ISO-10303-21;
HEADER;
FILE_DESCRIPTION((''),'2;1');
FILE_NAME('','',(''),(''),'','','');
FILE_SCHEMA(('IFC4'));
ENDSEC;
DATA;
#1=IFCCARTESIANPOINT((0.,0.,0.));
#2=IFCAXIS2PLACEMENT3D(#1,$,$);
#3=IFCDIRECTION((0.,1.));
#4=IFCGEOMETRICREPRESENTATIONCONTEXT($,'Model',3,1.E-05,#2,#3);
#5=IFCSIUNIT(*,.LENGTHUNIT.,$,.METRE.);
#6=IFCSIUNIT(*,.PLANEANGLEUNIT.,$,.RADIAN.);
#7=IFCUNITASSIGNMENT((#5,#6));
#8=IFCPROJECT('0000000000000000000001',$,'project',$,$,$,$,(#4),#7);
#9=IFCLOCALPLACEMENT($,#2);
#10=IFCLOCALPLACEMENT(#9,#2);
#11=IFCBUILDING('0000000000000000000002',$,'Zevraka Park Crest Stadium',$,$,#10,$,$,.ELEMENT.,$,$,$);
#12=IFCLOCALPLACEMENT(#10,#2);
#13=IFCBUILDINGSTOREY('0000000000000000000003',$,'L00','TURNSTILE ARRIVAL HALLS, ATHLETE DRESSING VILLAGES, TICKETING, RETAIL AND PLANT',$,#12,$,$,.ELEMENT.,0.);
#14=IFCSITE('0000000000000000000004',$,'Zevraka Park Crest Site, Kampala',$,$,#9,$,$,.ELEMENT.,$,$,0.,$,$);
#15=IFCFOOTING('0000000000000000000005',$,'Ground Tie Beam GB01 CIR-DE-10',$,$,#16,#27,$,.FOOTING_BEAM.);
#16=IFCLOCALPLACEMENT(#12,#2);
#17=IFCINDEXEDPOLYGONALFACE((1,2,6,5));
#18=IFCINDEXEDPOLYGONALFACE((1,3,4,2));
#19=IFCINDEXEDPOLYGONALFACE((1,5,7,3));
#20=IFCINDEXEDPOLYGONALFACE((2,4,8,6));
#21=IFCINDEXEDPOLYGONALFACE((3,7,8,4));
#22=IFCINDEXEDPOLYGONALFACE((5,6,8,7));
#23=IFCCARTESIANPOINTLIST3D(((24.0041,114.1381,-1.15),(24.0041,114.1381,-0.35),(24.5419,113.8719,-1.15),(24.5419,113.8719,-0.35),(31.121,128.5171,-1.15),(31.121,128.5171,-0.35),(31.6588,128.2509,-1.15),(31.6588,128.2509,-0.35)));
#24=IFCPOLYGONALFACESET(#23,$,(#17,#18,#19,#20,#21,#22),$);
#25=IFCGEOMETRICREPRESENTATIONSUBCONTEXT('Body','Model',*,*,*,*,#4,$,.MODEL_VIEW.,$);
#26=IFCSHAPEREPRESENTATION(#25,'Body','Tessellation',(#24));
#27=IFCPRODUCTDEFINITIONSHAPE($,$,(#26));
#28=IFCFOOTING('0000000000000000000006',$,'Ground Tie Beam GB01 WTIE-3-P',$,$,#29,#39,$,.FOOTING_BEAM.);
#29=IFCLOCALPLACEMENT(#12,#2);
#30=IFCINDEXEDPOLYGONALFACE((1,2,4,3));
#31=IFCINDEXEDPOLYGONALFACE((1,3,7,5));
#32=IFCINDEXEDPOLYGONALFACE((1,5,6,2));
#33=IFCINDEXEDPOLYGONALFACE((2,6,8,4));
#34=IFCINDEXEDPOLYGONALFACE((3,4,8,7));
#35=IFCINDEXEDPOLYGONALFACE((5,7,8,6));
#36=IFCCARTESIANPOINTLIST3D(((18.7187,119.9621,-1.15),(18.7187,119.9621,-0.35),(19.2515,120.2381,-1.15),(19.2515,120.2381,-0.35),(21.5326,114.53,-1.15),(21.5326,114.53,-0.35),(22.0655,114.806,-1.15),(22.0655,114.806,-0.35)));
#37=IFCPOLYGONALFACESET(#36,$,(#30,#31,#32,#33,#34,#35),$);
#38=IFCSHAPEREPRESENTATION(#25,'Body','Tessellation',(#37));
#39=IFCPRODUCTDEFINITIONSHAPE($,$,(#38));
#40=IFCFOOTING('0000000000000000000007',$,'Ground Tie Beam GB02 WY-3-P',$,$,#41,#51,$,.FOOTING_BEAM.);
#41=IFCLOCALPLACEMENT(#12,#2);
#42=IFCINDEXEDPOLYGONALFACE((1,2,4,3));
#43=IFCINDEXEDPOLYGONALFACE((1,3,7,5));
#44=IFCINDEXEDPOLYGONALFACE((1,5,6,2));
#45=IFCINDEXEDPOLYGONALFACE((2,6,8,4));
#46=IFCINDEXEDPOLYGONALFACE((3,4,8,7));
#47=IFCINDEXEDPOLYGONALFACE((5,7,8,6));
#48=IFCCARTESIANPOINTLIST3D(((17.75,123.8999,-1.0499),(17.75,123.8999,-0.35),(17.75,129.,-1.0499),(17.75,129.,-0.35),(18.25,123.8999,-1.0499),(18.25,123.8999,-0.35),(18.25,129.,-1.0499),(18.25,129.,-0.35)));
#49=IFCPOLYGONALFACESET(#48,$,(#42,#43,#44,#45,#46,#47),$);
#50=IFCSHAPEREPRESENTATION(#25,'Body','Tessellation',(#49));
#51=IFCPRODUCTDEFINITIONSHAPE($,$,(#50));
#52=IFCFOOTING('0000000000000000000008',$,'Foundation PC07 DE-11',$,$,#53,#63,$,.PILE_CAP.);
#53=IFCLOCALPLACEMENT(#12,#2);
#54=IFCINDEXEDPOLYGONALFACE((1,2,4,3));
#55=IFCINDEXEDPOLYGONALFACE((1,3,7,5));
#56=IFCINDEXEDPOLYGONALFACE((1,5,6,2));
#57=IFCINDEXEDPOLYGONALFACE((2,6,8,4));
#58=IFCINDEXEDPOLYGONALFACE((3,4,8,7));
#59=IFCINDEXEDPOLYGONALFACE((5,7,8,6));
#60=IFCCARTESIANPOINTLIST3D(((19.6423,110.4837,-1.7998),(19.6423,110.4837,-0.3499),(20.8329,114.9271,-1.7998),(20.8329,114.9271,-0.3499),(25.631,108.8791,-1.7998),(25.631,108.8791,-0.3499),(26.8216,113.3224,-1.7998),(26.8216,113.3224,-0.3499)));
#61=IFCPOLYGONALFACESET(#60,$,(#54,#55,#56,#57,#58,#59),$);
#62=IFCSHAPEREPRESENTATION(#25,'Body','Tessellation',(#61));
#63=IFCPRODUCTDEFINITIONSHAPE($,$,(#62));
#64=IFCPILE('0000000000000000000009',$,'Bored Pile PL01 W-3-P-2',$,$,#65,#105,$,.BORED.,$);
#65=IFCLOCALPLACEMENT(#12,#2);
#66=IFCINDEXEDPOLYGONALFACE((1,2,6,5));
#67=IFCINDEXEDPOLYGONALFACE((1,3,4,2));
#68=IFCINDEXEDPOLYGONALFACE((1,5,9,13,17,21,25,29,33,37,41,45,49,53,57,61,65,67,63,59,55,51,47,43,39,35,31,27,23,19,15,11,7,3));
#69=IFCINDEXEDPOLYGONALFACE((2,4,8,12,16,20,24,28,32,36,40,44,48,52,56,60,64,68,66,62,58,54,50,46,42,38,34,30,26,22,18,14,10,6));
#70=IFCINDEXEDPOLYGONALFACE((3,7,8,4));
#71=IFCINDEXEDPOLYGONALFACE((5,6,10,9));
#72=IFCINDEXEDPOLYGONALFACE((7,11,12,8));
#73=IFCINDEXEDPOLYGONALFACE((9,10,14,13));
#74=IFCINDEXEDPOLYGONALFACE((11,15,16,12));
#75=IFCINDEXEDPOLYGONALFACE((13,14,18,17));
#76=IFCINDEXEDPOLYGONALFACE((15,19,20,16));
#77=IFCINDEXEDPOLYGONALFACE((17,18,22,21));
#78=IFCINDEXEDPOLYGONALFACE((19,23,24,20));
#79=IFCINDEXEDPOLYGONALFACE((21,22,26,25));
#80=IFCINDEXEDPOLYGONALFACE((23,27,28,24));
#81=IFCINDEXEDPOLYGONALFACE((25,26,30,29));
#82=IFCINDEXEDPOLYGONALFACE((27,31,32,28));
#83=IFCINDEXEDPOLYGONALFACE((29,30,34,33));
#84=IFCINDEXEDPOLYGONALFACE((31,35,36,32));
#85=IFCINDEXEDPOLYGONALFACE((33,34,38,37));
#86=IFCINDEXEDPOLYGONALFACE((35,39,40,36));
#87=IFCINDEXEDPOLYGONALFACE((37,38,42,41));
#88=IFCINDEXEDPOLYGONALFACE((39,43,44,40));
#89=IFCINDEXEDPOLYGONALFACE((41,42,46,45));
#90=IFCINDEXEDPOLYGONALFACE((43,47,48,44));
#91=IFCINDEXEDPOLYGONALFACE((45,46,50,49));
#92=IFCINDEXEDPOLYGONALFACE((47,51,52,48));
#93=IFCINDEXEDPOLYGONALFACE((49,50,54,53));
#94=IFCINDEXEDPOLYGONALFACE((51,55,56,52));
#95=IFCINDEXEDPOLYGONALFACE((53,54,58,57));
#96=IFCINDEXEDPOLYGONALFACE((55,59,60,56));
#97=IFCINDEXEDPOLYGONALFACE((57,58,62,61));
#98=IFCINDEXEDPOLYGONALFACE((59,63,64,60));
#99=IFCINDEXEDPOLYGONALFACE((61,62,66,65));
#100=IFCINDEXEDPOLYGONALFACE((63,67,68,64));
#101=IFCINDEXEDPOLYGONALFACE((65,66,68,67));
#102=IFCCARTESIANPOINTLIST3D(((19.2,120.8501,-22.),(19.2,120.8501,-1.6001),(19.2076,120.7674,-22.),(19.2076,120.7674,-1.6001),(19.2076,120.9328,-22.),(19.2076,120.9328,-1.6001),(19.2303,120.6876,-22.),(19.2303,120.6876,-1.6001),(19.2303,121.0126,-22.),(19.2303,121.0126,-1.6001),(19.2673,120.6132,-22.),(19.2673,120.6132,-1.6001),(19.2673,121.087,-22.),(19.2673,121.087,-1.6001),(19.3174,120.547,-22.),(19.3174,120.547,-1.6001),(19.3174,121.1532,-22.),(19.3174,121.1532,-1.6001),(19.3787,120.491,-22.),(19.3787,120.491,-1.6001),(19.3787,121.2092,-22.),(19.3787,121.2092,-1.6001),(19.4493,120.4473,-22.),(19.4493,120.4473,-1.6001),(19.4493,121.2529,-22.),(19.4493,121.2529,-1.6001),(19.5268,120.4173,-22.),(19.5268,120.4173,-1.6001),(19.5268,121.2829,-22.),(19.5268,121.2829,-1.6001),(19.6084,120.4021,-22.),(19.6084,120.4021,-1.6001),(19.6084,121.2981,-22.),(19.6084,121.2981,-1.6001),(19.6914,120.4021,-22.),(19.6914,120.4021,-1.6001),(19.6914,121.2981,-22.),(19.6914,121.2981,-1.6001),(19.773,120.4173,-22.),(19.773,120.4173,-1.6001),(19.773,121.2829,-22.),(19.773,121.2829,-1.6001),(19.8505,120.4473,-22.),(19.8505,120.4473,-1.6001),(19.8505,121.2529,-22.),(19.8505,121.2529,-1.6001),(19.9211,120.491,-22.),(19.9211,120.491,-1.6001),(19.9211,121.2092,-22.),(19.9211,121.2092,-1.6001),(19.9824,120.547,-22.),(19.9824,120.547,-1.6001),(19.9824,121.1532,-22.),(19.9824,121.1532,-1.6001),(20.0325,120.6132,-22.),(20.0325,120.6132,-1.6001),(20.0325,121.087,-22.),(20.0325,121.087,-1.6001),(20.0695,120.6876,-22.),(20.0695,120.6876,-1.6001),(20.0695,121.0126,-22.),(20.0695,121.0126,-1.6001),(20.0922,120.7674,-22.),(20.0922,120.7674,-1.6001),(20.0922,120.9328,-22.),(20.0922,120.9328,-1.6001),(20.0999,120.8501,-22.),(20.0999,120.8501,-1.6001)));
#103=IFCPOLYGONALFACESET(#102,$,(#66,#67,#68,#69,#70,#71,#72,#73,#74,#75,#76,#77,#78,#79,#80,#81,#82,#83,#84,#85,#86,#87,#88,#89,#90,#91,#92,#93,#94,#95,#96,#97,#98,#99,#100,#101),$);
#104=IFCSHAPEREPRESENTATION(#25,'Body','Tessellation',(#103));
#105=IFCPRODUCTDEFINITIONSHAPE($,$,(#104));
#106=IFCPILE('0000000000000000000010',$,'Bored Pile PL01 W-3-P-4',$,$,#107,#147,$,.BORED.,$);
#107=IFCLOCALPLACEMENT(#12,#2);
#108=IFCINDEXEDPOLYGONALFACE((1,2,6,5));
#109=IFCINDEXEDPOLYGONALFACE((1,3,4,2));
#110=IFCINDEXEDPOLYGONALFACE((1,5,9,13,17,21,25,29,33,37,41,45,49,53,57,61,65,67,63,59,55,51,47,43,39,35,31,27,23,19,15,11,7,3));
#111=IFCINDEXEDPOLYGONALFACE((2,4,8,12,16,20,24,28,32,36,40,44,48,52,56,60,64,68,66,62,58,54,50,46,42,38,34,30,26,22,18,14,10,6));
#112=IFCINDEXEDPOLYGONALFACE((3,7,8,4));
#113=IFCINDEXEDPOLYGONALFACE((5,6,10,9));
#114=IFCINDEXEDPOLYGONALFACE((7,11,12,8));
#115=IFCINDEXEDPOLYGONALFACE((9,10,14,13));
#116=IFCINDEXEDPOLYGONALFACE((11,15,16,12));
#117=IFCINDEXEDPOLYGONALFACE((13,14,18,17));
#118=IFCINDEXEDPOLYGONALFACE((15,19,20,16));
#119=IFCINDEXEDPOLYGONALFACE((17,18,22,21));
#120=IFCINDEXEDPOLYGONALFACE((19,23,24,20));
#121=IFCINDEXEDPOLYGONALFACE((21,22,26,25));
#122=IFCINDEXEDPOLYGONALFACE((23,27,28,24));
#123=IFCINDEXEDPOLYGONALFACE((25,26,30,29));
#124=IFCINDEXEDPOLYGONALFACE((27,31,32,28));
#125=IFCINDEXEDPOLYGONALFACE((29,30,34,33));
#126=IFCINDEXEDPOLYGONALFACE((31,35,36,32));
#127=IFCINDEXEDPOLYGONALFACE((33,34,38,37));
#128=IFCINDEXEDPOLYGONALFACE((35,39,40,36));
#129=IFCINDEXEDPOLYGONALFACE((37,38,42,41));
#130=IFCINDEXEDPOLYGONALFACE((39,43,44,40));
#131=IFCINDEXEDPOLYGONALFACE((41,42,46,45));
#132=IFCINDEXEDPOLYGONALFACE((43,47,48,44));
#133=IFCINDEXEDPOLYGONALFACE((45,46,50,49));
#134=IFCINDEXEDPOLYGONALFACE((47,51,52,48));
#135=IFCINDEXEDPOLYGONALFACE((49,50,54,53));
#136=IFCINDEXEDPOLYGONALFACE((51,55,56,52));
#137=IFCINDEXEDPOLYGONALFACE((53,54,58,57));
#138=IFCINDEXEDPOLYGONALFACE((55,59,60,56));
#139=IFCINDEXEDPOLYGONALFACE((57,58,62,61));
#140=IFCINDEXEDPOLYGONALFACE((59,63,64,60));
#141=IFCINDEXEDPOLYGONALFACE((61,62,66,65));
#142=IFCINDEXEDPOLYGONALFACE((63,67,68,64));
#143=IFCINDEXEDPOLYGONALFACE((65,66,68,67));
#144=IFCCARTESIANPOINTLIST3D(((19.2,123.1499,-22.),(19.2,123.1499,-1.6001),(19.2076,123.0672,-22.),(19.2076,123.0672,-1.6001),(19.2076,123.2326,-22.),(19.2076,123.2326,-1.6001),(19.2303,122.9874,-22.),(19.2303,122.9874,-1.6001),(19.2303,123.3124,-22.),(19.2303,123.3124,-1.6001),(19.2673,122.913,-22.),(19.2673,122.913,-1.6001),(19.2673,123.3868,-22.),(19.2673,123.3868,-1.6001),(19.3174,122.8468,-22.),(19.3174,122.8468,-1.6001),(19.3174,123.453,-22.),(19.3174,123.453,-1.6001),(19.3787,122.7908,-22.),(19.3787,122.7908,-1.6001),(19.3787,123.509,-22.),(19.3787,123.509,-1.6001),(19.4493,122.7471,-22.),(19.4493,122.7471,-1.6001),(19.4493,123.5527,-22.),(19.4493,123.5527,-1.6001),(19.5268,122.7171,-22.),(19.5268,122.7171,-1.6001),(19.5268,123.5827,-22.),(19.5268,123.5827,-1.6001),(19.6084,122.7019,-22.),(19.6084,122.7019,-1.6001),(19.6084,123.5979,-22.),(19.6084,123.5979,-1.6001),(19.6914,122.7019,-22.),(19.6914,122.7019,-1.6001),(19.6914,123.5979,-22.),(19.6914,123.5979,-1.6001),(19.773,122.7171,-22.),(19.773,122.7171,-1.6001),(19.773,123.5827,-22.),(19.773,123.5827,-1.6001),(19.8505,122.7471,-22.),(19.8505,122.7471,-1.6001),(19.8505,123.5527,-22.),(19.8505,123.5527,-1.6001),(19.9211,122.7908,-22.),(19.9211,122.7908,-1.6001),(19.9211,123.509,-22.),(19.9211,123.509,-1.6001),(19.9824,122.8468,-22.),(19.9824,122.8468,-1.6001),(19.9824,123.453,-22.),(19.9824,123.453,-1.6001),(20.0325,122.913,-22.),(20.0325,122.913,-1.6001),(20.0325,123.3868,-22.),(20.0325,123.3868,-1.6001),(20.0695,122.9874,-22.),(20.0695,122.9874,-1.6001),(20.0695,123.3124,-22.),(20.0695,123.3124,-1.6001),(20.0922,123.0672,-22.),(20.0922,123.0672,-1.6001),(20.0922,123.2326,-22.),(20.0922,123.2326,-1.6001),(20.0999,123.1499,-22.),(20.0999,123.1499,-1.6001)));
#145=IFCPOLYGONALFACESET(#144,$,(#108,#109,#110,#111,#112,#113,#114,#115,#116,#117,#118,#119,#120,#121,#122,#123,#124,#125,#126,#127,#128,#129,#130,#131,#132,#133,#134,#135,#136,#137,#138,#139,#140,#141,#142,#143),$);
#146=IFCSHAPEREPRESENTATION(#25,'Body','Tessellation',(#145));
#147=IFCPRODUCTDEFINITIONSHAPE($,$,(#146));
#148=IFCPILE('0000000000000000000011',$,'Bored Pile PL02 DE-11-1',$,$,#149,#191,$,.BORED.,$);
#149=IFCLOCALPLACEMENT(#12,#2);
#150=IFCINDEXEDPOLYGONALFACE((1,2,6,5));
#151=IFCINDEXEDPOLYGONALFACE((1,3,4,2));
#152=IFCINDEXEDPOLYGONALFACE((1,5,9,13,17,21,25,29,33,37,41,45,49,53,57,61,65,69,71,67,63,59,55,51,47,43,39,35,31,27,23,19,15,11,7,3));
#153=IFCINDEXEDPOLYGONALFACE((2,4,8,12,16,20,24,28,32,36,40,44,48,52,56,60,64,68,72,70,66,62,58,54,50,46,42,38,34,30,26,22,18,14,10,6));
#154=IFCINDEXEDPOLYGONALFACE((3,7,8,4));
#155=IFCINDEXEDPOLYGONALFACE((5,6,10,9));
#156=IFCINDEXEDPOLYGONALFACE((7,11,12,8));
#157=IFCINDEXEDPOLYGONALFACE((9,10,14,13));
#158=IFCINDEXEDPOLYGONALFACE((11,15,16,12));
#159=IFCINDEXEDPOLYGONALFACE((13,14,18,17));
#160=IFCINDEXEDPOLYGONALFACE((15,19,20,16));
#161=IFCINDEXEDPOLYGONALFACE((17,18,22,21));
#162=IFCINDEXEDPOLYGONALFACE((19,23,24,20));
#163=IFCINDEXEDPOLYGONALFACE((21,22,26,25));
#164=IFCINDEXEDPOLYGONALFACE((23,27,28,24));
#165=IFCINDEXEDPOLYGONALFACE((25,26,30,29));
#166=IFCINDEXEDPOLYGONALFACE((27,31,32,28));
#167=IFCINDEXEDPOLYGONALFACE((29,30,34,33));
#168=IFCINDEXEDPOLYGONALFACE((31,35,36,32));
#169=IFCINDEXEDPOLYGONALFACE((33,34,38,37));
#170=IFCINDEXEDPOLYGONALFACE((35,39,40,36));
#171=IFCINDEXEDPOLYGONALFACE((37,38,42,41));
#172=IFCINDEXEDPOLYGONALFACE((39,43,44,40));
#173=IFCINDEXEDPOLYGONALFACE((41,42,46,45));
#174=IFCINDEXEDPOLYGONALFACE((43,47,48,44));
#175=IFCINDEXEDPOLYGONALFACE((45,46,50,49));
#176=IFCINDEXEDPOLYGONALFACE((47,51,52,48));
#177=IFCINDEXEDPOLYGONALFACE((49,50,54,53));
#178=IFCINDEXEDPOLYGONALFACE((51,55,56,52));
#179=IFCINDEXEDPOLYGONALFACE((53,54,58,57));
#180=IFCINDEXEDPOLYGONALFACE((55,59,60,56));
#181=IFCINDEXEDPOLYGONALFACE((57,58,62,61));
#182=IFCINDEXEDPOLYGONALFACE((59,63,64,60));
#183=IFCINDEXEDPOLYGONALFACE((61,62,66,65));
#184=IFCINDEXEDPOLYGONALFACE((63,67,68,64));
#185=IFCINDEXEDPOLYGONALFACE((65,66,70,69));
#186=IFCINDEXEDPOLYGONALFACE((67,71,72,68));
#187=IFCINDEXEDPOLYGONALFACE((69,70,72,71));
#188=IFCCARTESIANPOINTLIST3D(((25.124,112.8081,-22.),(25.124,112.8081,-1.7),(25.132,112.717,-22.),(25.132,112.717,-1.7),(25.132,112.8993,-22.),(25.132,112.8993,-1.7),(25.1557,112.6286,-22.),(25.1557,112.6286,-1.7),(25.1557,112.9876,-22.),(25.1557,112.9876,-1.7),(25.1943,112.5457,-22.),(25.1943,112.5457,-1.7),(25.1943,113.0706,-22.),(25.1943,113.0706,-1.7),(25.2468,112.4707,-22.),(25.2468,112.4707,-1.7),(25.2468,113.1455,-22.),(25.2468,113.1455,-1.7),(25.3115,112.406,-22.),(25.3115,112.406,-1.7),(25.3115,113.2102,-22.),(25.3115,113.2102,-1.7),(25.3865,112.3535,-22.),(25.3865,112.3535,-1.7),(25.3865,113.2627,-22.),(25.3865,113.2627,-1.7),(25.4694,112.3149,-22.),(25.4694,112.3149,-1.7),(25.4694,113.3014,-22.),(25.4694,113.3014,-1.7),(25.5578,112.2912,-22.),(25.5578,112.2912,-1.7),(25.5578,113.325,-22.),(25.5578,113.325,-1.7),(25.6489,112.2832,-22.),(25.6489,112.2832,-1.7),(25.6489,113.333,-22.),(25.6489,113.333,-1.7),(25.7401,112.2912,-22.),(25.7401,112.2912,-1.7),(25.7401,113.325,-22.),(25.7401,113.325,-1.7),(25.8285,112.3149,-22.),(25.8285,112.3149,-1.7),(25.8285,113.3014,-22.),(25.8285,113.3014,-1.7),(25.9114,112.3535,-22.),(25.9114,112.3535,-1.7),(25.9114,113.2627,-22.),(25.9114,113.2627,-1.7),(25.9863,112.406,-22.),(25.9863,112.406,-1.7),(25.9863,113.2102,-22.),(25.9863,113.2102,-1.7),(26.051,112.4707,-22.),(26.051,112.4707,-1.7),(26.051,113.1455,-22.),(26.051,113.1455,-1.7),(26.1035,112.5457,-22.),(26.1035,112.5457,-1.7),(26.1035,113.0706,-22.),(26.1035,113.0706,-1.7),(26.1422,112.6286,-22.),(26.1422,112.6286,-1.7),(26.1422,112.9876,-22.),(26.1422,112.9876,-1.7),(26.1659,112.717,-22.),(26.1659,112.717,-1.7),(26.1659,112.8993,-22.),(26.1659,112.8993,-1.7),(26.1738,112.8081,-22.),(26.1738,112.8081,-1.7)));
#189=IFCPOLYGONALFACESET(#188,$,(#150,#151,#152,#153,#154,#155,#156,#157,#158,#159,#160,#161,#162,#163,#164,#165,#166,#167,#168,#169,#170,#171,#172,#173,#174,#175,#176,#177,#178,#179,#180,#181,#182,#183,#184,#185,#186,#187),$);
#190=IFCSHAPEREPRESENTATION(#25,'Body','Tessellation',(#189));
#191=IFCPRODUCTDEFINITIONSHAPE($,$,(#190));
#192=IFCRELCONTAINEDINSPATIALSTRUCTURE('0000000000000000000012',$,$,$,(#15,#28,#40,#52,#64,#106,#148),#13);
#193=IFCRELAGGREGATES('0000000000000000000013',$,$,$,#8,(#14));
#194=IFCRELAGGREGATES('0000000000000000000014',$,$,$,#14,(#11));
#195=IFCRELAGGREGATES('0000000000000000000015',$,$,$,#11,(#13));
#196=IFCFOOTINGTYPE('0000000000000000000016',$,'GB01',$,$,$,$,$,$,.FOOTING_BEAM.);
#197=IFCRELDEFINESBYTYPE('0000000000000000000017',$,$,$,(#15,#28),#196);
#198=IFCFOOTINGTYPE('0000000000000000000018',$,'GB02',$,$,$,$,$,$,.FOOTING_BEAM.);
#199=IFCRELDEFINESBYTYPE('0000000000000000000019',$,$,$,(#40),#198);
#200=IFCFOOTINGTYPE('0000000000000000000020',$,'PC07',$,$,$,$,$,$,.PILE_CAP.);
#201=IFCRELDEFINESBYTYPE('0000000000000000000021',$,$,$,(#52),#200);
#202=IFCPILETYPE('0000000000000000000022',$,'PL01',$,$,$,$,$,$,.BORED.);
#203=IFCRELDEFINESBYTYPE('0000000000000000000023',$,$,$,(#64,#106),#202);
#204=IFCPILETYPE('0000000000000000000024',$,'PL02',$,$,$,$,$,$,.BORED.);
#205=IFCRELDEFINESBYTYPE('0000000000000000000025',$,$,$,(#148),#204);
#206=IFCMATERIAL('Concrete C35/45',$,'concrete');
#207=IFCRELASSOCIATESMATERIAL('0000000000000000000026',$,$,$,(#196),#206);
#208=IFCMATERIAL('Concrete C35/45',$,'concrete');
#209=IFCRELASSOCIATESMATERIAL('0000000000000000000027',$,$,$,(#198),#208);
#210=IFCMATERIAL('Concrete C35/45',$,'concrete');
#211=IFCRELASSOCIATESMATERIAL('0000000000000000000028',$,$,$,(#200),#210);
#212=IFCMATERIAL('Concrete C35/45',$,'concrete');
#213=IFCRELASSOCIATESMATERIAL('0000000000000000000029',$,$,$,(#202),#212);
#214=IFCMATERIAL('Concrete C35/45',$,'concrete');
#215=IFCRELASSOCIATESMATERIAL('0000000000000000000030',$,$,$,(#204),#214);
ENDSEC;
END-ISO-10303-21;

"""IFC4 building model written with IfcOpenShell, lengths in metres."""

from ifc_helpers import new_model, si_unit, direction, frame, origin, origin_2d, place, context, subcontext, project, spatial, rectangle, circle, extrude, material, material_profile, profile_set, type_object, element, save


model = new_model("IFC4")

# Units and contexts
model_context = context("Model", 3, precision=1e-05, world=origin(), true_north=direction((0.0, 1.0)))
body_context = subcontext(model_context, "Body", "Model", "MODEL_VIEW")
ifc_project = project(units=[si_unit("LENGTHUNIT", "METRE"), si_unit("PLANEANGLEUNIT", "RADIAN")], contexts=[model_context])

# Site, building, storey
site_placement = place(None, origin())
site = spatial("IfcSite", under=ifc_project, at=site_placement, Name="Zevraka Park Crest Site, Kampala", CompositionType="ELEMENT", RefElevation=0.0)
building_placement = place(site_placement, origin())
building = spatial("IfcBuilding", under=site, at=building_placement, Name="Zevraka Park Crest Stadium", CompositionType="ELEMENT")
storey_placement = place(building_placement, origin())
storey = spatial("IfcBuildingStorey", under=building, at=storey_placement, Name="L00", Description="TURNSTILE ARRIVAL HALLS, ATHLETE DRESSING VILLAGES, TICKETING, RETAIL AND PLANT", CompositionType="ELEMENT", Elevation=0.0)

# Footings
ifc_material_1 = material(Name="Concrete C35/45", Category="concrete")
ifc_material_profile_1 = material_profile(ifc_material_1, rectangle(XDim=0.6001, YDim=0.8, at=origin_2d()), Name="GB 800x600")
ifc_profile_set_1 = profile_set([ifc_material_profile_1], Name="Concrete C35/45")
footing_type_1 = type_object("IfcFootingType", Name="GB01", PredefinedType="FOOTING_BEAM", material=ifc_profile_set_1)
footing_1_placement = place(storey_placement, frame((31.3899, 128.384, -0.75), z_axis=(-0.443588, -0.896231, 0.0), x_axis=(0.896231, -0.443588, 0.0)))
element("IfcFooting", 1, at=footing_1_placement, inside=storey, type_object=footing_type_1, Name="Ground Tie Beam GB01 CIR-DE-10", PredefinedType="FOOTING_BEAM", context=body_context, shape_type="SweptSolid", body=[
    extrude(rectangle(XDim=0.6001, YDim=0.8, at=origin_2d()), origin(), (0.0, 0.0, 1.0), 16.0439),
])
footing_2_placement = place(storey_placement, frame((18.9851, 120.1001, -0.75), z_axis=(0.45997, -0.887934, 0.0), x_axis=(0.887934, 0.45997, 0.0)))
element("IfcFooting", 2, at=footing_2_placement, inside=storey, type_object=footing_type_1, Name="Ground Tie Beam GB01 WTIE-3-P", PredefinedType="FOOTING_BEAM", context=body_context, shape_type="SweptSolid", body=[
    extrude(rectangle(XDim=0.6001, YDim=0.8, at=origin_2d()), origin(), (0.0, 0.0, 1.0), 6.1177),
])
ifc_material_2 = material(Name="Concrete C35/45", Category="concrete")
ifc_material_profile_2 = material_profile(ifc_material_2, rectangle(XDim=0.5, YDim=0.7, at=origin_2d()), Name="GB 700x500")
ifc_profile_set_2 = profile_set([ifc_material_profile_2], Name="Concrete C35/45")
footing_type_2 = type_object("IfcFootingType", Name="GB02", PredefinedType="FOOTING_BEAM", material=ifc_profile_set_2)
footing_3_placement = place(storey_placement, frame((18.0, 123.8999, -0.7), z_axis=(0.0, 1.0, 0.0), x_axis=(-1.0, 0.0, 0.0)))
element("IfcFooting", 3, at=footing_3_placement, inside=storey, type_object=footing_type_2, Name="Ground Tie Beam GB02 WY-3-P", PredefinedType="FOOTING_BEAM", context=body_context, shape_type="SweptSolid", body=[
    extrude(rectangle(XDim=0.5, YDim=0.7, at=origin_2d()), origin(), (0.0, 0.0, 1.0), 5.1001),
])
ifc_material_3 = material(Name="Concrete C35/45", Category="concrete")
footing_type_3 = type_object("IfcFootingType", Name="PC07", PredefinedType="PILE_CAP", material=ifc_material_3)
footing_4_placement = place(storey_placement, frame((23.2319, 111.9031, -1.7998), z_axis=(0.0, 0.0, 1.0), x_axis=(-0.965926, 0.258819, 0.0)))
element("IfcFooting", 4, at=footing_4_placement, inside=storey, type_object=footing_type_3, Name="Foundation PC07 DE-11", PredefinedType="PILE_CAP", context=body_context, shape_type="SweptSolid", body=[
    extrude(rectangle(XDim=6.2, YDim=4.6001, at=origin_2d()), origin(), (0.0, 0.0, 1.0), 1.45),
])

# Piles
ifc_material_4 = material(Name="Concrete C35/45", Category="concrete")
ifc_material_profile_3 = material_profile(ifc_material_4, circle(Radius=0.45, at=origin_2d()), Name="PILE D900")
ifc_profile_set_3 = profile_set([ifc_material_profile_3], Name="Concrete C35/45")
pile_type_1 = type_object("IfcPileType", Name="PL01", PredefinedType="BORED", material=ifc_profile_set_3)
for number, where, z_axis, x_axis, name in (
    (5, (19.6499, 120.8501, -1.6001), (0.0, 0.0, -1.0), (1.0, 0.0, 0.0), "Bored Pile PL01 W-3-P-2"),
    (6, (19.6499, 123.1499, -1.6001), (0.0, 0.0, -1.0), (1.0, 0.0, 0.0), "Bored Pile PL01 W-3-P-4"),
):
    element("IfcPile", number, at=place(storey_placement, frame(where, z_axis=z_axis, x_axis=x_axis)), inside=storey, type_object=pile_type_1, Name=name, PredefinedType="BORED", context=body_context, shape_type="SweptSolid", body=[
        extrude(circle(Radius=0.45, at=origin_2d()), origin(), (0.0, 0.0, 1.0), 20.3999),
    ])
ifc_material_5 = material(Name="Concrete C35/45", Category="concrete")
ifc_material_profile_4 = material_profile(ifc_material_5, circle(Radius=0.5249, at=origin_2d()), Name="PILE D1050")
ifc_profile_set_4 = profile_set([ifc_material_profile_4], Name="Concrete C35/45")
pile_type_2 = type_object("IfcPileType", Name="PL02", PredefinedType="BORED", material=ifc_profile_set_4)
for number, where, z_axis, x_axis, name in (
    (7, (25.6489, 112.8081, -1.7), (0.0, 0.0, -1.0), (1.0, 0.0, 0.0), "Bored Pile PL02 DE-11-1"),
):
    element("IfcPile", number, at=place(storey_placement, frame(where, z_axis=z_axis, x_axis=x_axis)), inside=storey, type_object=pile_type_2, Name=name, PredefinedType="BORED", context=body_context, shape_type="SweptSolid", body=[
        extrude(circle(Radius=0.5249, at=origin_2d()), origin(), (0.0, 0.0, 1.0), 20.3),
    ])

save(model, "model.ifc")
